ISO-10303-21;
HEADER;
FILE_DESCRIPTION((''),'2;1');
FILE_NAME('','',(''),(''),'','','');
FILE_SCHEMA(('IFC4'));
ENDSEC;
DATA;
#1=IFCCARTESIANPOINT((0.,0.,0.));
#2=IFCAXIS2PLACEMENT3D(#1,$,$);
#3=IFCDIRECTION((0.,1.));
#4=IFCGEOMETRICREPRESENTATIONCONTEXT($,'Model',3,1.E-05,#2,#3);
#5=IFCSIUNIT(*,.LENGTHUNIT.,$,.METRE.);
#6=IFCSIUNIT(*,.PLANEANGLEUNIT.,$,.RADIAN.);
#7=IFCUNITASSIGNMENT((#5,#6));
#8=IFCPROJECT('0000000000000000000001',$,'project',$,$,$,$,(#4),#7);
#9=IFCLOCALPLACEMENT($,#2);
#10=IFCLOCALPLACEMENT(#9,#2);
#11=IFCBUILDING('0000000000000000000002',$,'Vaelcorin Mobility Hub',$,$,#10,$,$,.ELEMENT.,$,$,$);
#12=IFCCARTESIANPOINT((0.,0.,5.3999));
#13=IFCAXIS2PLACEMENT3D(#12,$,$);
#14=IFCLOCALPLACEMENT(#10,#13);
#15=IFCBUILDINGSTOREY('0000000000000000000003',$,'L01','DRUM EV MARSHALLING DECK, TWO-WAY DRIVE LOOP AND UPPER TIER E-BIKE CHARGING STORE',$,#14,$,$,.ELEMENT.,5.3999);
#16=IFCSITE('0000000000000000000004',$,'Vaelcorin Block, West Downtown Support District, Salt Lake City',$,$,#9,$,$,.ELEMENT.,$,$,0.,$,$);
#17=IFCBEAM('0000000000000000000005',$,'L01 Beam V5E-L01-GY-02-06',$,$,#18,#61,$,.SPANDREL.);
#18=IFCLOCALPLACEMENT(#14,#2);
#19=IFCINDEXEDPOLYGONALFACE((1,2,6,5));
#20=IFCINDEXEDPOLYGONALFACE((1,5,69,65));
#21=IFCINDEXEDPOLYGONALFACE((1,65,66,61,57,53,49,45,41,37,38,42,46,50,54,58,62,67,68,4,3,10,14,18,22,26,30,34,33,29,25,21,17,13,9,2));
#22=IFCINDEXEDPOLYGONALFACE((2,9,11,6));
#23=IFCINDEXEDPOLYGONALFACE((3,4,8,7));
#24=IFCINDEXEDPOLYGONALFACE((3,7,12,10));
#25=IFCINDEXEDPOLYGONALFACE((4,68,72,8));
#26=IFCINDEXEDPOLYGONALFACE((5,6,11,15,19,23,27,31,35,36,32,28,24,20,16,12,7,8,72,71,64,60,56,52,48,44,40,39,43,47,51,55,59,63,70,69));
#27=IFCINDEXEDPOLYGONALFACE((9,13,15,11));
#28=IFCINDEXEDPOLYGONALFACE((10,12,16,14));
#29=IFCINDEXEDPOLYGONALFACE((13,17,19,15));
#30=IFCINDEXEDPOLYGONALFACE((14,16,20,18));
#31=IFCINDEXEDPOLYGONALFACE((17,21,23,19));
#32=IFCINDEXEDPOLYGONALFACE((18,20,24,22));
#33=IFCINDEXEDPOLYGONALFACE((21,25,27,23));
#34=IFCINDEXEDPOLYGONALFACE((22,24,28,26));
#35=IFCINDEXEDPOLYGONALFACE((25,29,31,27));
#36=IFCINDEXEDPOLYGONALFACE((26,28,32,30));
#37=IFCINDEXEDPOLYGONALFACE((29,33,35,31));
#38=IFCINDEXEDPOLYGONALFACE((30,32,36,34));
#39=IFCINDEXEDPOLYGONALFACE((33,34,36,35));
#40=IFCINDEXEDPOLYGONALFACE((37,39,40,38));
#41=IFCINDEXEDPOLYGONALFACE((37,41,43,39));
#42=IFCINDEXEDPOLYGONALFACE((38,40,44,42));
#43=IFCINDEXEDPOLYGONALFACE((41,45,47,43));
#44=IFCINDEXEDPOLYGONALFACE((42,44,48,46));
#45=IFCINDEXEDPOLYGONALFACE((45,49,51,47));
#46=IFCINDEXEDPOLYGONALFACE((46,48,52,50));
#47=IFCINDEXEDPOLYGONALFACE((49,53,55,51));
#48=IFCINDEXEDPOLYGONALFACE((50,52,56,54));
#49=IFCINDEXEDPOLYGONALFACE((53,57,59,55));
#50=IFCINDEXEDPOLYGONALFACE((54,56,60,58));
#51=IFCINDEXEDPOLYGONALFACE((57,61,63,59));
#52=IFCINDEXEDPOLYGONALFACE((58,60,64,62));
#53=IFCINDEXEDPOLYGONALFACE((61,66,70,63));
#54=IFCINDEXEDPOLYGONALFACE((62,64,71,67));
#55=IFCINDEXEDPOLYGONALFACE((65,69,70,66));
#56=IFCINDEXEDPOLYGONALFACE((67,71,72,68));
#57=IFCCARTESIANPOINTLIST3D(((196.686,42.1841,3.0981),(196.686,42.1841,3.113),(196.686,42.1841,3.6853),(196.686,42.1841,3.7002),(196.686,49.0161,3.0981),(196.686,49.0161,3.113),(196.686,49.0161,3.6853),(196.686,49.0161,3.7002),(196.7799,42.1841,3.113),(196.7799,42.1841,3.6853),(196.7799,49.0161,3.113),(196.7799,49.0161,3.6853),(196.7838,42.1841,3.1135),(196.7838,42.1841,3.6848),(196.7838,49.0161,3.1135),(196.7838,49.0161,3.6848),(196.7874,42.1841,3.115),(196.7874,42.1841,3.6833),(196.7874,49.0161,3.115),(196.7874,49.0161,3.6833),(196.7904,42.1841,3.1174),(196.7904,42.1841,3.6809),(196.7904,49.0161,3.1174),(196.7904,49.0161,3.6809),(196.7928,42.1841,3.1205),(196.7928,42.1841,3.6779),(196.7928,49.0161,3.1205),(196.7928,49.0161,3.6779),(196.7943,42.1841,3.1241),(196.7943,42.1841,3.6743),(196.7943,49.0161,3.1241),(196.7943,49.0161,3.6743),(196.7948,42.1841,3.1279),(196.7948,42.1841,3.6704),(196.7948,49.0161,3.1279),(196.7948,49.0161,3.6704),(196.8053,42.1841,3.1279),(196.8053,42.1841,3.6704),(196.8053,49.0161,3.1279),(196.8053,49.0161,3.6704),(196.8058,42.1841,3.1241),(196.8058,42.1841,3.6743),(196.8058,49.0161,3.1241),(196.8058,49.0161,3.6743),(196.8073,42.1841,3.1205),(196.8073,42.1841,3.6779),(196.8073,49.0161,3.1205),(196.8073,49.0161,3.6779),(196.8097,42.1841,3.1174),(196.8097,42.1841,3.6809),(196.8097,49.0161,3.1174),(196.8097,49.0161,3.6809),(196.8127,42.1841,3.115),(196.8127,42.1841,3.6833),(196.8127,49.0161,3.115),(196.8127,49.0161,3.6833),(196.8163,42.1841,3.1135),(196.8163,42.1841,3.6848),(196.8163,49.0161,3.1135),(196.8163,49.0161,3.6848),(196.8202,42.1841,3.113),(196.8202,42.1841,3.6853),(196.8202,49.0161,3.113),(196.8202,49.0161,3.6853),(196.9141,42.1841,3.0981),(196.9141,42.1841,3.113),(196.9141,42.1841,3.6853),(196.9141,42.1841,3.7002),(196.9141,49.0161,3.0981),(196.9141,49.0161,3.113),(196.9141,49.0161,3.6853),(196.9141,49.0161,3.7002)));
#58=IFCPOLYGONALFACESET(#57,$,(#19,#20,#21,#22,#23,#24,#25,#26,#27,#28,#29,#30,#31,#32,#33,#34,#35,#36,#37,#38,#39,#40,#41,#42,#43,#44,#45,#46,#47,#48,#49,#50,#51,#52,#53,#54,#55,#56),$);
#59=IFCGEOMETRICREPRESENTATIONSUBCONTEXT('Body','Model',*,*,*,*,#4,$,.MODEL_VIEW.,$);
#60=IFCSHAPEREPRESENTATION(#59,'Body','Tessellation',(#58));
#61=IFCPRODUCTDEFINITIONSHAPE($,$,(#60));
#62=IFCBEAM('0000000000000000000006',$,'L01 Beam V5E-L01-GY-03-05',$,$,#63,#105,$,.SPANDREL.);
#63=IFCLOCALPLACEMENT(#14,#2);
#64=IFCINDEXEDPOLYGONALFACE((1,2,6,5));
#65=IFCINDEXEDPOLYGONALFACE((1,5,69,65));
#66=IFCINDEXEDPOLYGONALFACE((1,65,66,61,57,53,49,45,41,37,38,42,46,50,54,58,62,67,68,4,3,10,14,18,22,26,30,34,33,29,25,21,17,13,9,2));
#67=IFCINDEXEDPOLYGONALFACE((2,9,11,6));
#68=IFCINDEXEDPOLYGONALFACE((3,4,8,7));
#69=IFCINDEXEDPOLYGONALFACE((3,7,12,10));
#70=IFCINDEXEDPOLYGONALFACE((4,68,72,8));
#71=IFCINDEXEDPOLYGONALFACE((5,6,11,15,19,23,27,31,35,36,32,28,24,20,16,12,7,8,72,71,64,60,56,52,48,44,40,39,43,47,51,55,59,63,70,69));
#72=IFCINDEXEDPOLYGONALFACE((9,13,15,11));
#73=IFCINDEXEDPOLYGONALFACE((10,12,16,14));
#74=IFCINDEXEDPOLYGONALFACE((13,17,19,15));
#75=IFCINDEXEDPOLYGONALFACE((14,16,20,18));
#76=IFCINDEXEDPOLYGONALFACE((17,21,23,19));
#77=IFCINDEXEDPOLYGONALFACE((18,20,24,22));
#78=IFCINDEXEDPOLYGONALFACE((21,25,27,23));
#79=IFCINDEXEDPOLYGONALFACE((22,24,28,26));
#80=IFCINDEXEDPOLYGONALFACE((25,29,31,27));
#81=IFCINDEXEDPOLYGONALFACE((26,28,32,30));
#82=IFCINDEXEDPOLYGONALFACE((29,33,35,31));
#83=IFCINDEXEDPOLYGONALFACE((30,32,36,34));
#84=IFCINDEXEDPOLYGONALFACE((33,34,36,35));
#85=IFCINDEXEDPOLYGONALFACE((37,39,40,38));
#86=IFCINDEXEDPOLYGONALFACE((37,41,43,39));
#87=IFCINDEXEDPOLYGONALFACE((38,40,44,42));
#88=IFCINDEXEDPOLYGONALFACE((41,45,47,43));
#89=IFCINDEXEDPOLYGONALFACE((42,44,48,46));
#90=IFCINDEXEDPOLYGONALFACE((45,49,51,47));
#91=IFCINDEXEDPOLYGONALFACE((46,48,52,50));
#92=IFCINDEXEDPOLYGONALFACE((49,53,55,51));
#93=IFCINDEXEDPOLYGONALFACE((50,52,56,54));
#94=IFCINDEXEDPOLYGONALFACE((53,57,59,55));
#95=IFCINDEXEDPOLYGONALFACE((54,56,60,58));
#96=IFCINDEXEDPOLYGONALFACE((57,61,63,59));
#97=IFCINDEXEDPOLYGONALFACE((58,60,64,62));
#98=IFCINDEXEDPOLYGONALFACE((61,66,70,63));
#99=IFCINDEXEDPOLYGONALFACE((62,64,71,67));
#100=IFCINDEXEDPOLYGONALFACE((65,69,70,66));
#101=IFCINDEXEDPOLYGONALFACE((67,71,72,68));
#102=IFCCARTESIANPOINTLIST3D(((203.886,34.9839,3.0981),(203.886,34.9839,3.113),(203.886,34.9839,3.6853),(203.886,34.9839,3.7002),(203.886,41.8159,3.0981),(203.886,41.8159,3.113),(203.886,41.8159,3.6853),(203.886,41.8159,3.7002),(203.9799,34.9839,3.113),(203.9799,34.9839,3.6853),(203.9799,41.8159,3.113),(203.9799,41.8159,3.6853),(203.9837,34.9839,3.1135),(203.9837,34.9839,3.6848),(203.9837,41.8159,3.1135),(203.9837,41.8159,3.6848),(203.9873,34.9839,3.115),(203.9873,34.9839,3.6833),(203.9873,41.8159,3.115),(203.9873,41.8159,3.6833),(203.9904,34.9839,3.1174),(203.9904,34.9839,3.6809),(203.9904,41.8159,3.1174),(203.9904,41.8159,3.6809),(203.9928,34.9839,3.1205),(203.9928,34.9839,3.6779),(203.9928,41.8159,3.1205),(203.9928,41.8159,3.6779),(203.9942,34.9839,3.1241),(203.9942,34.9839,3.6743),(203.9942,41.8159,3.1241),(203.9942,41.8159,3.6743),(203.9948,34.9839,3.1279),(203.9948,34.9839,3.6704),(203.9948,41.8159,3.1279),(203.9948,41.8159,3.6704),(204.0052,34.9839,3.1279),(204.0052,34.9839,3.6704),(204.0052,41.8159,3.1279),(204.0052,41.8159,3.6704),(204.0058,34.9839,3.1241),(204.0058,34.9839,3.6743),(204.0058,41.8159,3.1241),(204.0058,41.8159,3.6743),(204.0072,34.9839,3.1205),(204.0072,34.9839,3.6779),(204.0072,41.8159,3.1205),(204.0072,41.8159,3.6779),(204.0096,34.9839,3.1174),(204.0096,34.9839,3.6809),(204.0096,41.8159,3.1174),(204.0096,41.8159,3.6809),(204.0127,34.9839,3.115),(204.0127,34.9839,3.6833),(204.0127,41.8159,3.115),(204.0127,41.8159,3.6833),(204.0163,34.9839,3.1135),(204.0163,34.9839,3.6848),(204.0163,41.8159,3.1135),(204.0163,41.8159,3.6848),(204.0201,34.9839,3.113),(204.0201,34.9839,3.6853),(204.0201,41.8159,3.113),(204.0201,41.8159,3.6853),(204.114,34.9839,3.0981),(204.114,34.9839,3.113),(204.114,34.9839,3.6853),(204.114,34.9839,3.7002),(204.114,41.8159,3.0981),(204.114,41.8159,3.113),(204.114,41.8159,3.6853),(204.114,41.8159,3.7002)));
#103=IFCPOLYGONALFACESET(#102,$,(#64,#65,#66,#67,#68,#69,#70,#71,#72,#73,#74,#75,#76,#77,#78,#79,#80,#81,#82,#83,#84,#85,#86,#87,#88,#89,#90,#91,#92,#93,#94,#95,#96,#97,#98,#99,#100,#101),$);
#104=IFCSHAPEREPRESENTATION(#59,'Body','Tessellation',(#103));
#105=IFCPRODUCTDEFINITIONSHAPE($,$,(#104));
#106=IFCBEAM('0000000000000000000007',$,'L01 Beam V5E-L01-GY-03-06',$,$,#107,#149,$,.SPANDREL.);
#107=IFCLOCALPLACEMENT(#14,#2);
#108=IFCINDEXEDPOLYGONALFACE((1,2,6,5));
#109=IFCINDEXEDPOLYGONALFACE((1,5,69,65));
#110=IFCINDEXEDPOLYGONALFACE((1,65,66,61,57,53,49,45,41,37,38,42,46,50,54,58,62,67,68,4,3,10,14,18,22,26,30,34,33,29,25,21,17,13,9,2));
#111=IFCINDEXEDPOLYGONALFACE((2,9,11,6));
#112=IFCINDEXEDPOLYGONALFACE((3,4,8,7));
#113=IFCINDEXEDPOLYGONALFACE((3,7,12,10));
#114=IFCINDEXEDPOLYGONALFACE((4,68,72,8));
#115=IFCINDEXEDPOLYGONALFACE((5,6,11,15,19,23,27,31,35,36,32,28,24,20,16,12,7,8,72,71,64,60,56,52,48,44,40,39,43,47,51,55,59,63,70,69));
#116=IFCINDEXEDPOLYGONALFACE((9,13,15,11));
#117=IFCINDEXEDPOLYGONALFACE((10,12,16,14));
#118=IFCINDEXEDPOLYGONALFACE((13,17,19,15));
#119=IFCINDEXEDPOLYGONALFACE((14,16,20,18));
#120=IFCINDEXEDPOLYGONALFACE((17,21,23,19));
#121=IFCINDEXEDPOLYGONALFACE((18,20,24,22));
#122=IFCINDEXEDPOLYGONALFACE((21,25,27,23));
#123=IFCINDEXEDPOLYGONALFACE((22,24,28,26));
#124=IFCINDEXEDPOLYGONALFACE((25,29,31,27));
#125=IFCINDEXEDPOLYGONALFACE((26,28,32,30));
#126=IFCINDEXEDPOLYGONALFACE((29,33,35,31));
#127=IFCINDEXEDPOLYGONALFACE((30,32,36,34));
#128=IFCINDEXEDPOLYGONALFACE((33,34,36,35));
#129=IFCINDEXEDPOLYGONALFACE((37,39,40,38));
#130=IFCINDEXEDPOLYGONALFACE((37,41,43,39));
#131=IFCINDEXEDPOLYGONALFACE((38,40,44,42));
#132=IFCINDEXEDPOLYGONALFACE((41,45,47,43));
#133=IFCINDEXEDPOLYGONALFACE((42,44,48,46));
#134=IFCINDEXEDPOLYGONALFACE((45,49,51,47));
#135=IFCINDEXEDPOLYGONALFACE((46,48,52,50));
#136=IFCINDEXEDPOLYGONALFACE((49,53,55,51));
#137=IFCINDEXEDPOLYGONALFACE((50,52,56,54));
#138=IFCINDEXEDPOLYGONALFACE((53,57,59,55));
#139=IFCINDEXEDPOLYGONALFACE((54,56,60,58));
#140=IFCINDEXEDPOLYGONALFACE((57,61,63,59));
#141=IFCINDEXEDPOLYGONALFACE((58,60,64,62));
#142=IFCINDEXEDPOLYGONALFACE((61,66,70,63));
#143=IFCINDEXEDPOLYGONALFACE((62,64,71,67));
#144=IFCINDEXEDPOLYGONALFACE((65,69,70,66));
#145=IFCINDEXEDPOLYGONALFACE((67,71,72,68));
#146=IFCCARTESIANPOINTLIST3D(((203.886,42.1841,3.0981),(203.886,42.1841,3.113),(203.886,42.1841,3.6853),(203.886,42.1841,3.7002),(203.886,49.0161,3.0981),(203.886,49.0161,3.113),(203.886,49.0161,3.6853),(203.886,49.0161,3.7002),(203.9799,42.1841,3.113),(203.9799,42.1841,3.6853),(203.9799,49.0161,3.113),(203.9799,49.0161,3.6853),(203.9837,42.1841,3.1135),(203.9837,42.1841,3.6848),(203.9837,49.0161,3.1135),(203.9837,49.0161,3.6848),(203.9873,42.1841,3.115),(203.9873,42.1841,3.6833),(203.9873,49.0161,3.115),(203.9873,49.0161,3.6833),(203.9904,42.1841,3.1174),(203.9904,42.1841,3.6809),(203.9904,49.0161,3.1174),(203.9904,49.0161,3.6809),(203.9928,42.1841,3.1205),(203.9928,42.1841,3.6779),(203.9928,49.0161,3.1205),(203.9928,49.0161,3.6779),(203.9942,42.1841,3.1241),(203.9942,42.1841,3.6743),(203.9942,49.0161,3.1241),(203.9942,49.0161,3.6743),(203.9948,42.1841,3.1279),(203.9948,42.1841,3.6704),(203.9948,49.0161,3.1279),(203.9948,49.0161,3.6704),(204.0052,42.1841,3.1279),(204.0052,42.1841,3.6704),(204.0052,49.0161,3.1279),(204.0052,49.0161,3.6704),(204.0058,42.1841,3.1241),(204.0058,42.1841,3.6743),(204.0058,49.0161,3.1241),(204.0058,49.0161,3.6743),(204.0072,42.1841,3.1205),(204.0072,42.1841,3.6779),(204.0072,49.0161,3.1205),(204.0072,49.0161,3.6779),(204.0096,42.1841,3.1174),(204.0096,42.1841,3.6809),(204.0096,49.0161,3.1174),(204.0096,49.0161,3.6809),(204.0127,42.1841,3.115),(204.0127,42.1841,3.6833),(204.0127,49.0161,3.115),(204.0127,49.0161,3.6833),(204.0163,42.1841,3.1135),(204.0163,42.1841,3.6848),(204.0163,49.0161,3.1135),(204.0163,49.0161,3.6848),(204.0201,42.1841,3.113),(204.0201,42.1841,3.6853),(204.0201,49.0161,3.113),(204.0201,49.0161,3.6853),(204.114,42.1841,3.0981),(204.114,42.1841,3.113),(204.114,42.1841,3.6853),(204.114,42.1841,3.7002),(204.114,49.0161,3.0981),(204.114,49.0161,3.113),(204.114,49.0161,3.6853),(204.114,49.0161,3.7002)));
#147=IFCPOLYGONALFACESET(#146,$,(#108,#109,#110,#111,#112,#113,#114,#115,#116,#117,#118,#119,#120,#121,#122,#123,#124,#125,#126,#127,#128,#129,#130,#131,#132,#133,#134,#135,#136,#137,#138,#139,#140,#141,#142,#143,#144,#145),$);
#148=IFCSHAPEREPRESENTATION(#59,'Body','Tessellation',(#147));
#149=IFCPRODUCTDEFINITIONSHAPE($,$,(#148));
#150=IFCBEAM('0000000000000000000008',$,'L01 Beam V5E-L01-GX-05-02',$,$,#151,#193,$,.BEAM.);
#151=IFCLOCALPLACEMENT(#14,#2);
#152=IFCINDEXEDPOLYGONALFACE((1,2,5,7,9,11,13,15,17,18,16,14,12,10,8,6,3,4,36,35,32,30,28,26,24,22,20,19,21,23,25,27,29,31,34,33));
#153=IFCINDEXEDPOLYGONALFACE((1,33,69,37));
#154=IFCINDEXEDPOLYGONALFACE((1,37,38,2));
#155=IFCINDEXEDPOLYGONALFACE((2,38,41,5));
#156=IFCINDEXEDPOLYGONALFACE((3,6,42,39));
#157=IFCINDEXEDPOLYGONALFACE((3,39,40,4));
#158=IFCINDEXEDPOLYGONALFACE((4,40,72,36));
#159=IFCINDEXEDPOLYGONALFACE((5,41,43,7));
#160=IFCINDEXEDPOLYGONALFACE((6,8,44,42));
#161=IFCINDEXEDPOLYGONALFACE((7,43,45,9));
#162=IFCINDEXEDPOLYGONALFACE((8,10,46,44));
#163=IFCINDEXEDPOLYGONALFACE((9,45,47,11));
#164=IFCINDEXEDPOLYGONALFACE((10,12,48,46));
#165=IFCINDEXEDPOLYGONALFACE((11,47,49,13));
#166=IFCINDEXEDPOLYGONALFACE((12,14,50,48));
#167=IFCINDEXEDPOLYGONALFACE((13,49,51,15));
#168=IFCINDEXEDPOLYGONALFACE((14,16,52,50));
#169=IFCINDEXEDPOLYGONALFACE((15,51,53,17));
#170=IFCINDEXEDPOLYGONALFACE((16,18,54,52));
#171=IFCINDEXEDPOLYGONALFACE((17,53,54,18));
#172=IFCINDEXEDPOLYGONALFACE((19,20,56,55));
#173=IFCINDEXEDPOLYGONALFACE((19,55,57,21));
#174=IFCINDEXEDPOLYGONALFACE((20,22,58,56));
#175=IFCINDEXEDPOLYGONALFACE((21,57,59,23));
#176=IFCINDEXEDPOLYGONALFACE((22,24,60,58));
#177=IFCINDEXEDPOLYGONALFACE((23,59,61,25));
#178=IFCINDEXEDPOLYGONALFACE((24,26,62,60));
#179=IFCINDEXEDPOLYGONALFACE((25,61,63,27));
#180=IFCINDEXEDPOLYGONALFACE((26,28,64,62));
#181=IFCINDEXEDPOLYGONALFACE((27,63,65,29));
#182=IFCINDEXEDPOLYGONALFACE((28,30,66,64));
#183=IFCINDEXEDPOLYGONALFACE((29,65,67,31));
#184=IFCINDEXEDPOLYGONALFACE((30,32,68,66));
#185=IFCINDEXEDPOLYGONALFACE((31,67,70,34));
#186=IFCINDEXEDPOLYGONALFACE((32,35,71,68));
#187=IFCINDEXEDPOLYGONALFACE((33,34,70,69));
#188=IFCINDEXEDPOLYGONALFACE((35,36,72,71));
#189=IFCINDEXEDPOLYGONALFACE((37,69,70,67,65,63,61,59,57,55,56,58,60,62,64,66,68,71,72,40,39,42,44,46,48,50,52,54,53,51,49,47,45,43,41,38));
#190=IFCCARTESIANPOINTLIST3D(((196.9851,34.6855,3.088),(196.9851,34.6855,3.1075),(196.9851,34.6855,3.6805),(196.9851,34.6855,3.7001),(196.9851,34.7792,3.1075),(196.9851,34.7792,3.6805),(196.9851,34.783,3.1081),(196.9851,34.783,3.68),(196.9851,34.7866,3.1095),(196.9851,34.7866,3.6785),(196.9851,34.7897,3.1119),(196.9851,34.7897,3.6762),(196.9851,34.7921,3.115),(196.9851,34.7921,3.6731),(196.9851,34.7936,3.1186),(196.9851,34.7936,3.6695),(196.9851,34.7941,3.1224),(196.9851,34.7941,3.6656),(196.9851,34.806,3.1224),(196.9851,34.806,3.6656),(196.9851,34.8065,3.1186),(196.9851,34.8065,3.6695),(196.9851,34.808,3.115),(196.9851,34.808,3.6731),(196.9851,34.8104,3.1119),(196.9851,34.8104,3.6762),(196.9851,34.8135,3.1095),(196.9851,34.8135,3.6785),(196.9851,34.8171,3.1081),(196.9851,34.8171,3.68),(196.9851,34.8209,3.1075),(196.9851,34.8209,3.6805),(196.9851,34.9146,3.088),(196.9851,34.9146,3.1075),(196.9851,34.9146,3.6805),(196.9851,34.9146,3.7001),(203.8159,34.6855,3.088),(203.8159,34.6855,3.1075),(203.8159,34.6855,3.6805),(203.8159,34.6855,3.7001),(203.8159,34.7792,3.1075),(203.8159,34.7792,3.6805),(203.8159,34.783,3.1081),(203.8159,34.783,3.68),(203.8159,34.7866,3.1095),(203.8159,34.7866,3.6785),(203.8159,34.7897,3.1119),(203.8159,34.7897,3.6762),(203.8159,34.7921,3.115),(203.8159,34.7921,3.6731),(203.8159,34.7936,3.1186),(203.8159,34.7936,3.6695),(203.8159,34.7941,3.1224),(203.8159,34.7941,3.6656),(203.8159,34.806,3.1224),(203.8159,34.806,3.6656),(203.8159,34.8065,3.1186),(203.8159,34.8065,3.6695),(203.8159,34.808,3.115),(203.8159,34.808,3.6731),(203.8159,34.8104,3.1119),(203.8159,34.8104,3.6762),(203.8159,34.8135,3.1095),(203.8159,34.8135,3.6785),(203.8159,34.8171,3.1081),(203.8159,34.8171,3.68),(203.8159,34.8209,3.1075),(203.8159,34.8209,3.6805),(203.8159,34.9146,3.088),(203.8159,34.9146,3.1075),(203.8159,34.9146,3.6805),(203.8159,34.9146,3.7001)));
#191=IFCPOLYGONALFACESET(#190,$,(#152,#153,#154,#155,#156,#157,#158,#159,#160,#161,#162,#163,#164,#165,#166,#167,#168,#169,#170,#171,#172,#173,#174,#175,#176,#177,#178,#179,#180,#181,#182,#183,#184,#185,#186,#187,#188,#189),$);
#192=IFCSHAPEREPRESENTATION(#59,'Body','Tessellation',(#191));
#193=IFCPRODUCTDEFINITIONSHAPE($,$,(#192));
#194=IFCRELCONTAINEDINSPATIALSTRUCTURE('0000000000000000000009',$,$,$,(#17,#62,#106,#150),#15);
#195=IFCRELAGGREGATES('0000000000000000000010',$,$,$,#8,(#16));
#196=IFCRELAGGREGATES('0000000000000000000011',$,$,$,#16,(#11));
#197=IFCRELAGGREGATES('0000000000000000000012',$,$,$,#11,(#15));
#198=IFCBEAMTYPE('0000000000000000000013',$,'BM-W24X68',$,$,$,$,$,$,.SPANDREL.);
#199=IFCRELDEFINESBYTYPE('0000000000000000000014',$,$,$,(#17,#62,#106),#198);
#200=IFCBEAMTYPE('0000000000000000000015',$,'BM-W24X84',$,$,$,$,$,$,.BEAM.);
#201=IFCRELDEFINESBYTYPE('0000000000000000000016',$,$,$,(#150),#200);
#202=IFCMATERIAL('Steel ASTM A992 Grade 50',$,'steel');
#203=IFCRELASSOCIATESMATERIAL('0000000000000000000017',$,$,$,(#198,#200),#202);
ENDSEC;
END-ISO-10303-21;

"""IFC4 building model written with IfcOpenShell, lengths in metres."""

from ifc_helpers import new_model, si_unit, direction, frame, origin, origin_2d, place, context, subcontext, project, spatial, i_section, extrude, material, material_profile, profile_set, type_object, element, save


model = new_model("IFC4")

# Units and contexts
model_context = context("Model", 3, precision=1e-05, world=origin(), true_north=direction((0.0, 1.0)))
body_context = subcontext(model_context, "Body", "Model", "MODEL_VIEW")
ifc_project = project(units=[si_unit("LENGTHUNIT", "METRE"), si_unit("PLANEANGLEUNIT", "RADIAN")], contexts=[model_context])

# Site, building, storey
site_placement = place(None, origin())
site = spatial("IfcSite", under=ifc_project, at=site_placement, Name="Vaelcorin Block, West Downtown Support District, Salt Lake City", CompositionType="ELEMENT", RefElevation=0.0)
building_placement = place(site_placement, origin())
building = spatial("IfcBuilding", under=site, at=building_placement, Name="Vaelcorin Mobility Hub", CompositionType="ELEMENT")
storey_placement = place(building_placement, frame((0.0, 0.0, 5.3999)))
storey = spatial("IfcBuildingStorey", under=building, at=storey_placement, Name="L01", Description="DRUM EV MARSHALLING DECK, TWO-WAY DRIVE LOOP AND UPPER TIER E-BIKE CHARGING STORE", CompositionType="ELEMENT", Elevation=5.3999)

# Shared definitions
ifc_material_1 = material(Name="Steel ASTM A992 Grade 50", Category="steel")

# Beams
ifc_material_profile_1 = material_profile(ifc_material_1, i_section(OverallWidth=0.228, OverallDepth=0.6021, WebThickness=0.0105, FlangeThickness=0.0149, FilletRadius=0.0149, at=origin_2d()), Name="W24X68")
ifc_profile_set_1 = profile_set([ifc_material_profile_1], Name="Steel ASTM A992 Grade 50")
beam_type_1 = type_object("IfcBeamType", Name="BM-W24X68", PredefinedType="SPANDREL", material=ifc_profile_set_1)
for number, where, z_axis, x_axis, name in (
    (1, (196.8, 42.1841, 3.3992), (0.0, 1.0, 0.0), (-1.0, 0.0, 0.0), "L01 Beam V5E-L01-GY-02-06"),
    (2, (204.0, 34.9839, 3.3992), (0.0, 1.0, 0.0), (-1.0, 0.0, 0.0), "L01 Beam V5E-L01-GY-03-05"),
    (3, (204.0, 42.1841, 3.3992), (0.0, 1.0, 0.0), (-1.0, 0.0, 0.0), "L01 Beam V5E-L01-GY-03-06"),
):
    element("IfcBeam", number, at=place(storey_placement, frame(where, z_axis=z_axis, x_axis=x_axis)), inside=storey, type_object=beam_type_1, Name=name, PredefinedType="SPANDREL", context=body_context, shape_type="SweptSolid", body=[
        extrude(i_section(OverallWidth=0.228, OverallDepth=0.6021, WebThickness=0.0105, FlangeThickness=0.0149, FilletRadius=0.0149, at=origin_2d()), origin(), (0.0, 0.0, 1.0), 6.832),
    ])
ifc_material_profile_2 = material_profile(ifc_material_1, i_section(OverallWidth=0.229, OverallDepth=0.6121, WebThickness=0.012, FlangeThickness=0.0195, FilletRadius=0.0149, at=origin_2d()), Name="W24X84")
ifc_profile_set_2 = profile_set([ifc_material_profile_2], Name="Steel ASTM A992 Grade 50")
beam_type_2 = type_object("IfcBeamType", Name="BM-W24X84", PredefinedType="BEAM", material=ifc_profile_set_2)
for number, where, z_axis, x_axis, name in (
    (4, (196.9851, 34.8, 3.394), (1.0, 0.0, 0.0), (0.0, 1.0, 0.0), "L01 Beam V5E-L01-GX-05-02"),
):
    element("IfcBeam", number, at=place(storey_placement, frame(where, z_axis=z_axis, x_axis=x_axis)), inside=storey, type_object=beam_type_2, Name=name, PredefinedType="BEAM", context=body_context, shape_type="SweptSolid", body=[
        extrude(i_section(OverallWidth=0.229, OverallDepth=0.6121, WebThickness=0.012, FlangeThickness=0.0195, FilletRadius=0.0149, at=origin_2d()), origin(), (0.0, 0.0, 1.0), 6.8308),
    ])

save(model, "model.ifc")
